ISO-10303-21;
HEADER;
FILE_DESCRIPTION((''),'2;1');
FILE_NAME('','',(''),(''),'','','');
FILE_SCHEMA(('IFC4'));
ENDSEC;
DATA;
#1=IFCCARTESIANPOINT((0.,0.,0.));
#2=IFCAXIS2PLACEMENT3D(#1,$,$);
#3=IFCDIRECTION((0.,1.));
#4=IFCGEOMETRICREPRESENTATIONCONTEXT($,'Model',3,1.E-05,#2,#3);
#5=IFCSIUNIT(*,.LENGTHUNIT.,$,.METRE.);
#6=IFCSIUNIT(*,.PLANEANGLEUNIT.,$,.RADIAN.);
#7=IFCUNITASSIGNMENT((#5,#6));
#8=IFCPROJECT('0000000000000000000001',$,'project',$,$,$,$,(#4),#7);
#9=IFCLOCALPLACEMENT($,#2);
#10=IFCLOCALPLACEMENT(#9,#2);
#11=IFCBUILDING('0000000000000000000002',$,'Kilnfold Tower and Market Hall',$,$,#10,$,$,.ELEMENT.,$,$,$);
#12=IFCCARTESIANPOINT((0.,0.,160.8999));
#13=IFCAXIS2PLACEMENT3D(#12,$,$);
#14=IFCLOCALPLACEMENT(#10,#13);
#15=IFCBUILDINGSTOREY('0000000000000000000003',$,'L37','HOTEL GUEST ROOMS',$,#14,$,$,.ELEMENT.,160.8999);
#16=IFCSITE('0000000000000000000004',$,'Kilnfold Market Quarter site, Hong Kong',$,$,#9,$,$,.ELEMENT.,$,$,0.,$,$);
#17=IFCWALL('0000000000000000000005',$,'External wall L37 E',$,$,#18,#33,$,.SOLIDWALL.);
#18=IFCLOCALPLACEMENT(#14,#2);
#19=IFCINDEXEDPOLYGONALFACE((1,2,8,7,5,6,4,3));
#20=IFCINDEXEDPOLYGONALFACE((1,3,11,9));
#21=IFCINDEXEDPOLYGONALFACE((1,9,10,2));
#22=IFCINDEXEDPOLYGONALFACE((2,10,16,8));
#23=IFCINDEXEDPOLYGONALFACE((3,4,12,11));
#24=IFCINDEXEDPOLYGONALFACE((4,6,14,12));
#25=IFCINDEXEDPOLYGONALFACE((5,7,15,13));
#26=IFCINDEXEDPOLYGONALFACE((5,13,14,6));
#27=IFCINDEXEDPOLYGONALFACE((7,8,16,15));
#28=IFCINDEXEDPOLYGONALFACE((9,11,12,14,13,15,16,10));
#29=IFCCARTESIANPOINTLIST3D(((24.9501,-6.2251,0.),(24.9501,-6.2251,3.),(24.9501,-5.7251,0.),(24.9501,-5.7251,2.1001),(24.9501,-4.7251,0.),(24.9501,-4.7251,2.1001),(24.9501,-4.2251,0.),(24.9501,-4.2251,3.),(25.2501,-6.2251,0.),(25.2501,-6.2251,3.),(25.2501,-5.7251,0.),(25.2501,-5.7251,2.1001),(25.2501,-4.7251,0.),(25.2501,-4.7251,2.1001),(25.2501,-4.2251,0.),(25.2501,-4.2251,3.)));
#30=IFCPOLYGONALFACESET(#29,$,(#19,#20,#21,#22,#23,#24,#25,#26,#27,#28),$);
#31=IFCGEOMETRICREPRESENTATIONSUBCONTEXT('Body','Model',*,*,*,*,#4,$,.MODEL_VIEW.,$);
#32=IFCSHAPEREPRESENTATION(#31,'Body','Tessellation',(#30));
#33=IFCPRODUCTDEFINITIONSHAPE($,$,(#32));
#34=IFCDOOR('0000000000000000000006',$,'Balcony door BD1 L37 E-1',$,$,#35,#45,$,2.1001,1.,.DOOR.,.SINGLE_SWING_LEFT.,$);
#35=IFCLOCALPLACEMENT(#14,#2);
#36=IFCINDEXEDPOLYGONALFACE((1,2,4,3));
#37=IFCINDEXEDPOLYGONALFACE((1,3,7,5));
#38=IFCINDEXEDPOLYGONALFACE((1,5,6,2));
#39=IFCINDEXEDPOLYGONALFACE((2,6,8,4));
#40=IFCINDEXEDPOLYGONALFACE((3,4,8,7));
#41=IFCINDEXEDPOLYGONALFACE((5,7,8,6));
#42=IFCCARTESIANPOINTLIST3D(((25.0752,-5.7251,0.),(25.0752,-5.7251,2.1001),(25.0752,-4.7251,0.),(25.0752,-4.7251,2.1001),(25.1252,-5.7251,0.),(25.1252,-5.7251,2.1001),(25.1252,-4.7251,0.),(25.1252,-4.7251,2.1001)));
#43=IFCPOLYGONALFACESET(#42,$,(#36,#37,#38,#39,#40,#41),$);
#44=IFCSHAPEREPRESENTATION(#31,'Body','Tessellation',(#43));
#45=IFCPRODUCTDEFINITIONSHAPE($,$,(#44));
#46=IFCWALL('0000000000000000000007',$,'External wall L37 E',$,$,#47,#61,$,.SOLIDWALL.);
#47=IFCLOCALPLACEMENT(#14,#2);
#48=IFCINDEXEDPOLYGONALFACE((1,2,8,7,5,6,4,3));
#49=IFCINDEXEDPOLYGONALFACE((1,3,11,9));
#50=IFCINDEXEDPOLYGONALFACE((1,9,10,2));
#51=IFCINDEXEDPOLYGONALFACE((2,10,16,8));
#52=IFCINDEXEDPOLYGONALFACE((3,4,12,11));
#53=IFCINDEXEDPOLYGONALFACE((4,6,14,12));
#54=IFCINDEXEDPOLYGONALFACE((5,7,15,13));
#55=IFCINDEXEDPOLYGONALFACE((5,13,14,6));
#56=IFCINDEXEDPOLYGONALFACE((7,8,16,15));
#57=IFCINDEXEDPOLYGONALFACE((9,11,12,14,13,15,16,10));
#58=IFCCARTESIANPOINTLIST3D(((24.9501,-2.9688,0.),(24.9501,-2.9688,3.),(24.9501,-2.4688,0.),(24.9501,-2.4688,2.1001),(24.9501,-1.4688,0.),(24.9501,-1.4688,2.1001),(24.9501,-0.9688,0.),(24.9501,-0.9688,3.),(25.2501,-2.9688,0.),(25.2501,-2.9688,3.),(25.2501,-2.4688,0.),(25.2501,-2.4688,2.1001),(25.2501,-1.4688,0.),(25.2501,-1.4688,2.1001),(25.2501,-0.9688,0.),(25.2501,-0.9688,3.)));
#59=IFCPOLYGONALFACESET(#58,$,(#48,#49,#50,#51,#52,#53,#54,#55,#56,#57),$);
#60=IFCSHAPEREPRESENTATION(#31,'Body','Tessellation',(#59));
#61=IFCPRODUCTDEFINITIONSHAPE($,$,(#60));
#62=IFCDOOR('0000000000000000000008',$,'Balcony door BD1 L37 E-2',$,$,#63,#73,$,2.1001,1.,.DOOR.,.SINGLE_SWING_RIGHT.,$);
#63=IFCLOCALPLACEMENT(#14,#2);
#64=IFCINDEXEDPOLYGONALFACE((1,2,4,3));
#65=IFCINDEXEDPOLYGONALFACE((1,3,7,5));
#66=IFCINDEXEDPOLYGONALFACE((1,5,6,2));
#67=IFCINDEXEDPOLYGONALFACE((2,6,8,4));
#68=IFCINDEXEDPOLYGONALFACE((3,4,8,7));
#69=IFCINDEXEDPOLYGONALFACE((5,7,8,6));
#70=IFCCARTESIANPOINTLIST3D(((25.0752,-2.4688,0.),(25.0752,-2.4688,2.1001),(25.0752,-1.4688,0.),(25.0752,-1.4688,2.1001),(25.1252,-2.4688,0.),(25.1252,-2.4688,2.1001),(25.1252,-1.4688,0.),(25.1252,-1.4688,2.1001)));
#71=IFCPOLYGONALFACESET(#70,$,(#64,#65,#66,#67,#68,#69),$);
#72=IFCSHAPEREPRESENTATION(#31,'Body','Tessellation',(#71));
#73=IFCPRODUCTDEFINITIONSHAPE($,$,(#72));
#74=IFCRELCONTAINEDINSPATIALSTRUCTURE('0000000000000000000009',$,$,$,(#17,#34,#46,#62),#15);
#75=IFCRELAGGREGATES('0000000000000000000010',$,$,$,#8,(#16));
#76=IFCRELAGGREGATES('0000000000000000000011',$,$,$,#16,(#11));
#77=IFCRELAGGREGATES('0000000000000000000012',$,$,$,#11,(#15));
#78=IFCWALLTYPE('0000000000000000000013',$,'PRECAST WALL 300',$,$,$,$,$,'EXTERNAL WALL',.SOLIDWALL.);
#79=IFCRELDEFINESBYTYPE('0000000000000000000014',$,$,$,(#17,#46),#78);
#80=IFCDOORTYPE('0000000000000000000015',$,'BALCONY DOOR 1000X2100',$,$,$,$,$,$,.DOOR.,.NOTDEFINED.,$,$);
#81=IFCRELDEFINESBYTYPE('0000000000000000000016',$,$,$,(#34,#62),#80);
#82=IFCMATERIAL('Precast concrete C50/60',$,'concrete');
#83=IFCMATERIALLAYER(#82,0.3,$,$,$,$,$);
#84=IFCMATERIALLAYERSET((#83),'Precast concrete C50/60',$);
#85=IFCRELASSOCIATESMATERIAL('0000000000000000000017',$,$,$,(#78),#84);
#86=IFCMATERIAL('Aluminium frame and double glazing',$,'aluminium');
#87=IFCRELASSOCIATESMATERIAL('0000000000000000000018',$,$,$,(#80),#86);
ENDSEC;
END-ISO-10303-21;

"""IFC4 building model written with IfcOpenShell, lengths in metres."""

from ifc_helpers import new_model, si_unit, direction, frame, frame_2d, origin, place, context, subcontext, project, spatial, rectangle, extrude, source, transform, mapped, material, layer, layer_set, type_object, element, fill, save


model = new_model("IFC4")

# Units and contexts
model_context = context("Model", 3, precision=1e-05, world=origin(), true_north=direction((0.0, 1.0)))
body_context = subcontext(model_context, "Body", "Model", "MODEL_VIEW")
ifc_project = project(units=[si_unit("LENGTHUNIT", "METRE"), si_unit("PLANEANGLEUNIT", "RADIAN")], contexts=[model_context])

# Site, building, storey
site_placement = place(None, origin())
site = spatial("IfcSite", under=ifc_project, at=site_placement, Name="Kilnfold Market Quarter site, Hong Kong", CompositionType="ELEMENT", RefElevation=0.0)
building_placement = place(site_placement, origin())
building = spatial("IfcBuilding", under=site, at=building_placement, Name="Kilnfold Tower and Market Hall", CompositionType="ELEMENT")
storey_placement = place(building_placement, frame((0.0, 0.0, 160.8999)))
storey = spatial("IfcBuildingStorey", under=building, at=storey_placement, Name="L37", Description="HOTEL GUEST ROOMS", CompositionType="ELEMENT", Elevation=160.8999)

# Walls, openings, doors
ifc_material_1 = material(Name="Precast concrete C50/60", Category="concrete")
ifc_layer_1 = layer(ifc_material_1, 0.3)
ifc_layer_set_1 = layer_set([ifc_layer_1], Name="Precast concrete C50/60")
wall_type_1 = type_object("IfcWallType", Name="PRECAST WALL 300", ElementType="EXTERNAL WALL", PredefinedType="SOLIDWALL", material=ifc_layer_set_1)
shared_shape_1 = source(origin(), body_context, "Body", "SweptSolid", [
    extrude(rectangle(XDim=2.0, YDim=0.3, at=frame_2d((1.0, 0.0))), origin(), (0.0, 0.0, 1.0), 3.0),
])
wall_1_placement = place(storey_placement, frame((25.1001, -6.2251, 0.0), z_axis=(0.0, 0.0, 1.0), x_axis=(0.0, 1.0, 0.0)))
wall_1 = element("IfcWall", 1, at=wall_1_placement, inside=storey, type_object=wall_type_1, Name="External wall L37 E", PredefinedType="SOLIDWALL", context=body_context, shape_type="MappedRepresentation", body=[
    mapped(shared_shape_1, transform((0.0, 0.0, 0.0))),
])
opening_1_placement = place(wall_1_placement, frame((0.5, 0.0, 0.0)))
opening_1 = element("IfcOpeningElement", 2, at=opening_1_placement, cuts=wall_1, PredefinedType="OPENING", context=body_context, shape_type="SweptSolid", body=[
    extrude(rectangle(XDim=1.0, YDim=2.1001, at=frame_2d((0.5, 1.05))), frame((0.0, 0.1602, 0.0), z_axis=(0.0, -1.0, 0.0), x_axis=(1.0, 0.0, 0.0)), (0.0, 0.0, 1.0), 0.3201),
])
ifc_material_2 = material(Name="Aluminium frame and double glazing", Category="aluminium")
door_type_1 = type_object("IfcDoorType", Name="BALCONY DOOR 1000X2100", OperationType="NOTDEFINED", PredefinedType="DOOR", material=ifc_material_2)
door_1_placement = place(opening_1_placement, origin())
door_1 = element("IfcDoor", 3, at=door_1_placement, inside=storey, type_object=door_type_1, Name="Balcony door BD1 L37 E-1", OperationType="SINGLE_SWING_LEFT", OverallHeight=2.1001, OverallWidth=1.0, PredefinedType="DOOR", context=body_context, shape_type="SweptSolid", body=[
    extrude(rectangle(XDim=1.0, YDim=2.1001, at=frame_2d((0.5, 1.05))), frame((0.0, 0.0249, 0.0), z_axis=(0.0, -1.0, 0.0), x_axis=(1.0, 0.0, 0.0)), (0.0, 0.0, 1.0), 0.05),
])
fill(opening_1, door_1)
wall_2_placement = place(storey_placement, frame((25.1001, -2.9688, 0.0), z_axis=(0.0, 0.0, 1.0), x_axis=(0.0, 1.0, 0.0)))
wall_2 = element("IfcWall", 4, at=wall_2_placement, inside=storey, type_object=wall_type_1, Name="External wall L37 E", PredefinedType="SOLIDWALL", context=body_context, shape_type="MappedRepresentation", body=[
    mapped(shared_shape_1, transform((0.0, 0.0, 0.0))),
])
opening_2_placement = place(wall_2_placement, frame((0.5, 0.0, 0.0)))
opening_2 = element("IfcOpeningElement", 5, at=opening_2_placement, cuts=wall_2, PredefinedType="OPENING", context=body_context, shape_type="SweptSolid", body=[
    extrude(rectangle(XDim=1.0, YDim=2.1001, at=frame_2d((0.5, 1.05))), frame((0.0, 0.1602, 0.0), z_axis=(0.0, -1.0, 0.0), x_axis=(1.0, 0.0, 0.0)), (0.0, 0.0, 1.0), 0.3201),
])
door_2_placement = place(opening_2_placement, origin())
door_2 = element("IfcDoor", 6, at=door_2_placement, inside=storey, type_object=door_type_1, Name="Balcony door BD1 L37 E-2", OperationType="SINGLE_SWING_RIGHT", OverallHeight=2.1001, OverallWidth=1.0, PredefinedType="DOOR", context=body_context, shape_type="SweptSolid", body=[
    extrude(rectangle(XDim=1.0, YDim=2.1001, at=frame_2d((0.5, 1.05))), frame((0.0, 0.0249, 0.0), z_axis=(0.0, -1.0, 0.0), x_axis=(1.0, 0.0, 0.0)), (0.0, 0.0, 1.0), 0.05),
])
fill(opening_2, door_2)

save(model, "model.ifc")
